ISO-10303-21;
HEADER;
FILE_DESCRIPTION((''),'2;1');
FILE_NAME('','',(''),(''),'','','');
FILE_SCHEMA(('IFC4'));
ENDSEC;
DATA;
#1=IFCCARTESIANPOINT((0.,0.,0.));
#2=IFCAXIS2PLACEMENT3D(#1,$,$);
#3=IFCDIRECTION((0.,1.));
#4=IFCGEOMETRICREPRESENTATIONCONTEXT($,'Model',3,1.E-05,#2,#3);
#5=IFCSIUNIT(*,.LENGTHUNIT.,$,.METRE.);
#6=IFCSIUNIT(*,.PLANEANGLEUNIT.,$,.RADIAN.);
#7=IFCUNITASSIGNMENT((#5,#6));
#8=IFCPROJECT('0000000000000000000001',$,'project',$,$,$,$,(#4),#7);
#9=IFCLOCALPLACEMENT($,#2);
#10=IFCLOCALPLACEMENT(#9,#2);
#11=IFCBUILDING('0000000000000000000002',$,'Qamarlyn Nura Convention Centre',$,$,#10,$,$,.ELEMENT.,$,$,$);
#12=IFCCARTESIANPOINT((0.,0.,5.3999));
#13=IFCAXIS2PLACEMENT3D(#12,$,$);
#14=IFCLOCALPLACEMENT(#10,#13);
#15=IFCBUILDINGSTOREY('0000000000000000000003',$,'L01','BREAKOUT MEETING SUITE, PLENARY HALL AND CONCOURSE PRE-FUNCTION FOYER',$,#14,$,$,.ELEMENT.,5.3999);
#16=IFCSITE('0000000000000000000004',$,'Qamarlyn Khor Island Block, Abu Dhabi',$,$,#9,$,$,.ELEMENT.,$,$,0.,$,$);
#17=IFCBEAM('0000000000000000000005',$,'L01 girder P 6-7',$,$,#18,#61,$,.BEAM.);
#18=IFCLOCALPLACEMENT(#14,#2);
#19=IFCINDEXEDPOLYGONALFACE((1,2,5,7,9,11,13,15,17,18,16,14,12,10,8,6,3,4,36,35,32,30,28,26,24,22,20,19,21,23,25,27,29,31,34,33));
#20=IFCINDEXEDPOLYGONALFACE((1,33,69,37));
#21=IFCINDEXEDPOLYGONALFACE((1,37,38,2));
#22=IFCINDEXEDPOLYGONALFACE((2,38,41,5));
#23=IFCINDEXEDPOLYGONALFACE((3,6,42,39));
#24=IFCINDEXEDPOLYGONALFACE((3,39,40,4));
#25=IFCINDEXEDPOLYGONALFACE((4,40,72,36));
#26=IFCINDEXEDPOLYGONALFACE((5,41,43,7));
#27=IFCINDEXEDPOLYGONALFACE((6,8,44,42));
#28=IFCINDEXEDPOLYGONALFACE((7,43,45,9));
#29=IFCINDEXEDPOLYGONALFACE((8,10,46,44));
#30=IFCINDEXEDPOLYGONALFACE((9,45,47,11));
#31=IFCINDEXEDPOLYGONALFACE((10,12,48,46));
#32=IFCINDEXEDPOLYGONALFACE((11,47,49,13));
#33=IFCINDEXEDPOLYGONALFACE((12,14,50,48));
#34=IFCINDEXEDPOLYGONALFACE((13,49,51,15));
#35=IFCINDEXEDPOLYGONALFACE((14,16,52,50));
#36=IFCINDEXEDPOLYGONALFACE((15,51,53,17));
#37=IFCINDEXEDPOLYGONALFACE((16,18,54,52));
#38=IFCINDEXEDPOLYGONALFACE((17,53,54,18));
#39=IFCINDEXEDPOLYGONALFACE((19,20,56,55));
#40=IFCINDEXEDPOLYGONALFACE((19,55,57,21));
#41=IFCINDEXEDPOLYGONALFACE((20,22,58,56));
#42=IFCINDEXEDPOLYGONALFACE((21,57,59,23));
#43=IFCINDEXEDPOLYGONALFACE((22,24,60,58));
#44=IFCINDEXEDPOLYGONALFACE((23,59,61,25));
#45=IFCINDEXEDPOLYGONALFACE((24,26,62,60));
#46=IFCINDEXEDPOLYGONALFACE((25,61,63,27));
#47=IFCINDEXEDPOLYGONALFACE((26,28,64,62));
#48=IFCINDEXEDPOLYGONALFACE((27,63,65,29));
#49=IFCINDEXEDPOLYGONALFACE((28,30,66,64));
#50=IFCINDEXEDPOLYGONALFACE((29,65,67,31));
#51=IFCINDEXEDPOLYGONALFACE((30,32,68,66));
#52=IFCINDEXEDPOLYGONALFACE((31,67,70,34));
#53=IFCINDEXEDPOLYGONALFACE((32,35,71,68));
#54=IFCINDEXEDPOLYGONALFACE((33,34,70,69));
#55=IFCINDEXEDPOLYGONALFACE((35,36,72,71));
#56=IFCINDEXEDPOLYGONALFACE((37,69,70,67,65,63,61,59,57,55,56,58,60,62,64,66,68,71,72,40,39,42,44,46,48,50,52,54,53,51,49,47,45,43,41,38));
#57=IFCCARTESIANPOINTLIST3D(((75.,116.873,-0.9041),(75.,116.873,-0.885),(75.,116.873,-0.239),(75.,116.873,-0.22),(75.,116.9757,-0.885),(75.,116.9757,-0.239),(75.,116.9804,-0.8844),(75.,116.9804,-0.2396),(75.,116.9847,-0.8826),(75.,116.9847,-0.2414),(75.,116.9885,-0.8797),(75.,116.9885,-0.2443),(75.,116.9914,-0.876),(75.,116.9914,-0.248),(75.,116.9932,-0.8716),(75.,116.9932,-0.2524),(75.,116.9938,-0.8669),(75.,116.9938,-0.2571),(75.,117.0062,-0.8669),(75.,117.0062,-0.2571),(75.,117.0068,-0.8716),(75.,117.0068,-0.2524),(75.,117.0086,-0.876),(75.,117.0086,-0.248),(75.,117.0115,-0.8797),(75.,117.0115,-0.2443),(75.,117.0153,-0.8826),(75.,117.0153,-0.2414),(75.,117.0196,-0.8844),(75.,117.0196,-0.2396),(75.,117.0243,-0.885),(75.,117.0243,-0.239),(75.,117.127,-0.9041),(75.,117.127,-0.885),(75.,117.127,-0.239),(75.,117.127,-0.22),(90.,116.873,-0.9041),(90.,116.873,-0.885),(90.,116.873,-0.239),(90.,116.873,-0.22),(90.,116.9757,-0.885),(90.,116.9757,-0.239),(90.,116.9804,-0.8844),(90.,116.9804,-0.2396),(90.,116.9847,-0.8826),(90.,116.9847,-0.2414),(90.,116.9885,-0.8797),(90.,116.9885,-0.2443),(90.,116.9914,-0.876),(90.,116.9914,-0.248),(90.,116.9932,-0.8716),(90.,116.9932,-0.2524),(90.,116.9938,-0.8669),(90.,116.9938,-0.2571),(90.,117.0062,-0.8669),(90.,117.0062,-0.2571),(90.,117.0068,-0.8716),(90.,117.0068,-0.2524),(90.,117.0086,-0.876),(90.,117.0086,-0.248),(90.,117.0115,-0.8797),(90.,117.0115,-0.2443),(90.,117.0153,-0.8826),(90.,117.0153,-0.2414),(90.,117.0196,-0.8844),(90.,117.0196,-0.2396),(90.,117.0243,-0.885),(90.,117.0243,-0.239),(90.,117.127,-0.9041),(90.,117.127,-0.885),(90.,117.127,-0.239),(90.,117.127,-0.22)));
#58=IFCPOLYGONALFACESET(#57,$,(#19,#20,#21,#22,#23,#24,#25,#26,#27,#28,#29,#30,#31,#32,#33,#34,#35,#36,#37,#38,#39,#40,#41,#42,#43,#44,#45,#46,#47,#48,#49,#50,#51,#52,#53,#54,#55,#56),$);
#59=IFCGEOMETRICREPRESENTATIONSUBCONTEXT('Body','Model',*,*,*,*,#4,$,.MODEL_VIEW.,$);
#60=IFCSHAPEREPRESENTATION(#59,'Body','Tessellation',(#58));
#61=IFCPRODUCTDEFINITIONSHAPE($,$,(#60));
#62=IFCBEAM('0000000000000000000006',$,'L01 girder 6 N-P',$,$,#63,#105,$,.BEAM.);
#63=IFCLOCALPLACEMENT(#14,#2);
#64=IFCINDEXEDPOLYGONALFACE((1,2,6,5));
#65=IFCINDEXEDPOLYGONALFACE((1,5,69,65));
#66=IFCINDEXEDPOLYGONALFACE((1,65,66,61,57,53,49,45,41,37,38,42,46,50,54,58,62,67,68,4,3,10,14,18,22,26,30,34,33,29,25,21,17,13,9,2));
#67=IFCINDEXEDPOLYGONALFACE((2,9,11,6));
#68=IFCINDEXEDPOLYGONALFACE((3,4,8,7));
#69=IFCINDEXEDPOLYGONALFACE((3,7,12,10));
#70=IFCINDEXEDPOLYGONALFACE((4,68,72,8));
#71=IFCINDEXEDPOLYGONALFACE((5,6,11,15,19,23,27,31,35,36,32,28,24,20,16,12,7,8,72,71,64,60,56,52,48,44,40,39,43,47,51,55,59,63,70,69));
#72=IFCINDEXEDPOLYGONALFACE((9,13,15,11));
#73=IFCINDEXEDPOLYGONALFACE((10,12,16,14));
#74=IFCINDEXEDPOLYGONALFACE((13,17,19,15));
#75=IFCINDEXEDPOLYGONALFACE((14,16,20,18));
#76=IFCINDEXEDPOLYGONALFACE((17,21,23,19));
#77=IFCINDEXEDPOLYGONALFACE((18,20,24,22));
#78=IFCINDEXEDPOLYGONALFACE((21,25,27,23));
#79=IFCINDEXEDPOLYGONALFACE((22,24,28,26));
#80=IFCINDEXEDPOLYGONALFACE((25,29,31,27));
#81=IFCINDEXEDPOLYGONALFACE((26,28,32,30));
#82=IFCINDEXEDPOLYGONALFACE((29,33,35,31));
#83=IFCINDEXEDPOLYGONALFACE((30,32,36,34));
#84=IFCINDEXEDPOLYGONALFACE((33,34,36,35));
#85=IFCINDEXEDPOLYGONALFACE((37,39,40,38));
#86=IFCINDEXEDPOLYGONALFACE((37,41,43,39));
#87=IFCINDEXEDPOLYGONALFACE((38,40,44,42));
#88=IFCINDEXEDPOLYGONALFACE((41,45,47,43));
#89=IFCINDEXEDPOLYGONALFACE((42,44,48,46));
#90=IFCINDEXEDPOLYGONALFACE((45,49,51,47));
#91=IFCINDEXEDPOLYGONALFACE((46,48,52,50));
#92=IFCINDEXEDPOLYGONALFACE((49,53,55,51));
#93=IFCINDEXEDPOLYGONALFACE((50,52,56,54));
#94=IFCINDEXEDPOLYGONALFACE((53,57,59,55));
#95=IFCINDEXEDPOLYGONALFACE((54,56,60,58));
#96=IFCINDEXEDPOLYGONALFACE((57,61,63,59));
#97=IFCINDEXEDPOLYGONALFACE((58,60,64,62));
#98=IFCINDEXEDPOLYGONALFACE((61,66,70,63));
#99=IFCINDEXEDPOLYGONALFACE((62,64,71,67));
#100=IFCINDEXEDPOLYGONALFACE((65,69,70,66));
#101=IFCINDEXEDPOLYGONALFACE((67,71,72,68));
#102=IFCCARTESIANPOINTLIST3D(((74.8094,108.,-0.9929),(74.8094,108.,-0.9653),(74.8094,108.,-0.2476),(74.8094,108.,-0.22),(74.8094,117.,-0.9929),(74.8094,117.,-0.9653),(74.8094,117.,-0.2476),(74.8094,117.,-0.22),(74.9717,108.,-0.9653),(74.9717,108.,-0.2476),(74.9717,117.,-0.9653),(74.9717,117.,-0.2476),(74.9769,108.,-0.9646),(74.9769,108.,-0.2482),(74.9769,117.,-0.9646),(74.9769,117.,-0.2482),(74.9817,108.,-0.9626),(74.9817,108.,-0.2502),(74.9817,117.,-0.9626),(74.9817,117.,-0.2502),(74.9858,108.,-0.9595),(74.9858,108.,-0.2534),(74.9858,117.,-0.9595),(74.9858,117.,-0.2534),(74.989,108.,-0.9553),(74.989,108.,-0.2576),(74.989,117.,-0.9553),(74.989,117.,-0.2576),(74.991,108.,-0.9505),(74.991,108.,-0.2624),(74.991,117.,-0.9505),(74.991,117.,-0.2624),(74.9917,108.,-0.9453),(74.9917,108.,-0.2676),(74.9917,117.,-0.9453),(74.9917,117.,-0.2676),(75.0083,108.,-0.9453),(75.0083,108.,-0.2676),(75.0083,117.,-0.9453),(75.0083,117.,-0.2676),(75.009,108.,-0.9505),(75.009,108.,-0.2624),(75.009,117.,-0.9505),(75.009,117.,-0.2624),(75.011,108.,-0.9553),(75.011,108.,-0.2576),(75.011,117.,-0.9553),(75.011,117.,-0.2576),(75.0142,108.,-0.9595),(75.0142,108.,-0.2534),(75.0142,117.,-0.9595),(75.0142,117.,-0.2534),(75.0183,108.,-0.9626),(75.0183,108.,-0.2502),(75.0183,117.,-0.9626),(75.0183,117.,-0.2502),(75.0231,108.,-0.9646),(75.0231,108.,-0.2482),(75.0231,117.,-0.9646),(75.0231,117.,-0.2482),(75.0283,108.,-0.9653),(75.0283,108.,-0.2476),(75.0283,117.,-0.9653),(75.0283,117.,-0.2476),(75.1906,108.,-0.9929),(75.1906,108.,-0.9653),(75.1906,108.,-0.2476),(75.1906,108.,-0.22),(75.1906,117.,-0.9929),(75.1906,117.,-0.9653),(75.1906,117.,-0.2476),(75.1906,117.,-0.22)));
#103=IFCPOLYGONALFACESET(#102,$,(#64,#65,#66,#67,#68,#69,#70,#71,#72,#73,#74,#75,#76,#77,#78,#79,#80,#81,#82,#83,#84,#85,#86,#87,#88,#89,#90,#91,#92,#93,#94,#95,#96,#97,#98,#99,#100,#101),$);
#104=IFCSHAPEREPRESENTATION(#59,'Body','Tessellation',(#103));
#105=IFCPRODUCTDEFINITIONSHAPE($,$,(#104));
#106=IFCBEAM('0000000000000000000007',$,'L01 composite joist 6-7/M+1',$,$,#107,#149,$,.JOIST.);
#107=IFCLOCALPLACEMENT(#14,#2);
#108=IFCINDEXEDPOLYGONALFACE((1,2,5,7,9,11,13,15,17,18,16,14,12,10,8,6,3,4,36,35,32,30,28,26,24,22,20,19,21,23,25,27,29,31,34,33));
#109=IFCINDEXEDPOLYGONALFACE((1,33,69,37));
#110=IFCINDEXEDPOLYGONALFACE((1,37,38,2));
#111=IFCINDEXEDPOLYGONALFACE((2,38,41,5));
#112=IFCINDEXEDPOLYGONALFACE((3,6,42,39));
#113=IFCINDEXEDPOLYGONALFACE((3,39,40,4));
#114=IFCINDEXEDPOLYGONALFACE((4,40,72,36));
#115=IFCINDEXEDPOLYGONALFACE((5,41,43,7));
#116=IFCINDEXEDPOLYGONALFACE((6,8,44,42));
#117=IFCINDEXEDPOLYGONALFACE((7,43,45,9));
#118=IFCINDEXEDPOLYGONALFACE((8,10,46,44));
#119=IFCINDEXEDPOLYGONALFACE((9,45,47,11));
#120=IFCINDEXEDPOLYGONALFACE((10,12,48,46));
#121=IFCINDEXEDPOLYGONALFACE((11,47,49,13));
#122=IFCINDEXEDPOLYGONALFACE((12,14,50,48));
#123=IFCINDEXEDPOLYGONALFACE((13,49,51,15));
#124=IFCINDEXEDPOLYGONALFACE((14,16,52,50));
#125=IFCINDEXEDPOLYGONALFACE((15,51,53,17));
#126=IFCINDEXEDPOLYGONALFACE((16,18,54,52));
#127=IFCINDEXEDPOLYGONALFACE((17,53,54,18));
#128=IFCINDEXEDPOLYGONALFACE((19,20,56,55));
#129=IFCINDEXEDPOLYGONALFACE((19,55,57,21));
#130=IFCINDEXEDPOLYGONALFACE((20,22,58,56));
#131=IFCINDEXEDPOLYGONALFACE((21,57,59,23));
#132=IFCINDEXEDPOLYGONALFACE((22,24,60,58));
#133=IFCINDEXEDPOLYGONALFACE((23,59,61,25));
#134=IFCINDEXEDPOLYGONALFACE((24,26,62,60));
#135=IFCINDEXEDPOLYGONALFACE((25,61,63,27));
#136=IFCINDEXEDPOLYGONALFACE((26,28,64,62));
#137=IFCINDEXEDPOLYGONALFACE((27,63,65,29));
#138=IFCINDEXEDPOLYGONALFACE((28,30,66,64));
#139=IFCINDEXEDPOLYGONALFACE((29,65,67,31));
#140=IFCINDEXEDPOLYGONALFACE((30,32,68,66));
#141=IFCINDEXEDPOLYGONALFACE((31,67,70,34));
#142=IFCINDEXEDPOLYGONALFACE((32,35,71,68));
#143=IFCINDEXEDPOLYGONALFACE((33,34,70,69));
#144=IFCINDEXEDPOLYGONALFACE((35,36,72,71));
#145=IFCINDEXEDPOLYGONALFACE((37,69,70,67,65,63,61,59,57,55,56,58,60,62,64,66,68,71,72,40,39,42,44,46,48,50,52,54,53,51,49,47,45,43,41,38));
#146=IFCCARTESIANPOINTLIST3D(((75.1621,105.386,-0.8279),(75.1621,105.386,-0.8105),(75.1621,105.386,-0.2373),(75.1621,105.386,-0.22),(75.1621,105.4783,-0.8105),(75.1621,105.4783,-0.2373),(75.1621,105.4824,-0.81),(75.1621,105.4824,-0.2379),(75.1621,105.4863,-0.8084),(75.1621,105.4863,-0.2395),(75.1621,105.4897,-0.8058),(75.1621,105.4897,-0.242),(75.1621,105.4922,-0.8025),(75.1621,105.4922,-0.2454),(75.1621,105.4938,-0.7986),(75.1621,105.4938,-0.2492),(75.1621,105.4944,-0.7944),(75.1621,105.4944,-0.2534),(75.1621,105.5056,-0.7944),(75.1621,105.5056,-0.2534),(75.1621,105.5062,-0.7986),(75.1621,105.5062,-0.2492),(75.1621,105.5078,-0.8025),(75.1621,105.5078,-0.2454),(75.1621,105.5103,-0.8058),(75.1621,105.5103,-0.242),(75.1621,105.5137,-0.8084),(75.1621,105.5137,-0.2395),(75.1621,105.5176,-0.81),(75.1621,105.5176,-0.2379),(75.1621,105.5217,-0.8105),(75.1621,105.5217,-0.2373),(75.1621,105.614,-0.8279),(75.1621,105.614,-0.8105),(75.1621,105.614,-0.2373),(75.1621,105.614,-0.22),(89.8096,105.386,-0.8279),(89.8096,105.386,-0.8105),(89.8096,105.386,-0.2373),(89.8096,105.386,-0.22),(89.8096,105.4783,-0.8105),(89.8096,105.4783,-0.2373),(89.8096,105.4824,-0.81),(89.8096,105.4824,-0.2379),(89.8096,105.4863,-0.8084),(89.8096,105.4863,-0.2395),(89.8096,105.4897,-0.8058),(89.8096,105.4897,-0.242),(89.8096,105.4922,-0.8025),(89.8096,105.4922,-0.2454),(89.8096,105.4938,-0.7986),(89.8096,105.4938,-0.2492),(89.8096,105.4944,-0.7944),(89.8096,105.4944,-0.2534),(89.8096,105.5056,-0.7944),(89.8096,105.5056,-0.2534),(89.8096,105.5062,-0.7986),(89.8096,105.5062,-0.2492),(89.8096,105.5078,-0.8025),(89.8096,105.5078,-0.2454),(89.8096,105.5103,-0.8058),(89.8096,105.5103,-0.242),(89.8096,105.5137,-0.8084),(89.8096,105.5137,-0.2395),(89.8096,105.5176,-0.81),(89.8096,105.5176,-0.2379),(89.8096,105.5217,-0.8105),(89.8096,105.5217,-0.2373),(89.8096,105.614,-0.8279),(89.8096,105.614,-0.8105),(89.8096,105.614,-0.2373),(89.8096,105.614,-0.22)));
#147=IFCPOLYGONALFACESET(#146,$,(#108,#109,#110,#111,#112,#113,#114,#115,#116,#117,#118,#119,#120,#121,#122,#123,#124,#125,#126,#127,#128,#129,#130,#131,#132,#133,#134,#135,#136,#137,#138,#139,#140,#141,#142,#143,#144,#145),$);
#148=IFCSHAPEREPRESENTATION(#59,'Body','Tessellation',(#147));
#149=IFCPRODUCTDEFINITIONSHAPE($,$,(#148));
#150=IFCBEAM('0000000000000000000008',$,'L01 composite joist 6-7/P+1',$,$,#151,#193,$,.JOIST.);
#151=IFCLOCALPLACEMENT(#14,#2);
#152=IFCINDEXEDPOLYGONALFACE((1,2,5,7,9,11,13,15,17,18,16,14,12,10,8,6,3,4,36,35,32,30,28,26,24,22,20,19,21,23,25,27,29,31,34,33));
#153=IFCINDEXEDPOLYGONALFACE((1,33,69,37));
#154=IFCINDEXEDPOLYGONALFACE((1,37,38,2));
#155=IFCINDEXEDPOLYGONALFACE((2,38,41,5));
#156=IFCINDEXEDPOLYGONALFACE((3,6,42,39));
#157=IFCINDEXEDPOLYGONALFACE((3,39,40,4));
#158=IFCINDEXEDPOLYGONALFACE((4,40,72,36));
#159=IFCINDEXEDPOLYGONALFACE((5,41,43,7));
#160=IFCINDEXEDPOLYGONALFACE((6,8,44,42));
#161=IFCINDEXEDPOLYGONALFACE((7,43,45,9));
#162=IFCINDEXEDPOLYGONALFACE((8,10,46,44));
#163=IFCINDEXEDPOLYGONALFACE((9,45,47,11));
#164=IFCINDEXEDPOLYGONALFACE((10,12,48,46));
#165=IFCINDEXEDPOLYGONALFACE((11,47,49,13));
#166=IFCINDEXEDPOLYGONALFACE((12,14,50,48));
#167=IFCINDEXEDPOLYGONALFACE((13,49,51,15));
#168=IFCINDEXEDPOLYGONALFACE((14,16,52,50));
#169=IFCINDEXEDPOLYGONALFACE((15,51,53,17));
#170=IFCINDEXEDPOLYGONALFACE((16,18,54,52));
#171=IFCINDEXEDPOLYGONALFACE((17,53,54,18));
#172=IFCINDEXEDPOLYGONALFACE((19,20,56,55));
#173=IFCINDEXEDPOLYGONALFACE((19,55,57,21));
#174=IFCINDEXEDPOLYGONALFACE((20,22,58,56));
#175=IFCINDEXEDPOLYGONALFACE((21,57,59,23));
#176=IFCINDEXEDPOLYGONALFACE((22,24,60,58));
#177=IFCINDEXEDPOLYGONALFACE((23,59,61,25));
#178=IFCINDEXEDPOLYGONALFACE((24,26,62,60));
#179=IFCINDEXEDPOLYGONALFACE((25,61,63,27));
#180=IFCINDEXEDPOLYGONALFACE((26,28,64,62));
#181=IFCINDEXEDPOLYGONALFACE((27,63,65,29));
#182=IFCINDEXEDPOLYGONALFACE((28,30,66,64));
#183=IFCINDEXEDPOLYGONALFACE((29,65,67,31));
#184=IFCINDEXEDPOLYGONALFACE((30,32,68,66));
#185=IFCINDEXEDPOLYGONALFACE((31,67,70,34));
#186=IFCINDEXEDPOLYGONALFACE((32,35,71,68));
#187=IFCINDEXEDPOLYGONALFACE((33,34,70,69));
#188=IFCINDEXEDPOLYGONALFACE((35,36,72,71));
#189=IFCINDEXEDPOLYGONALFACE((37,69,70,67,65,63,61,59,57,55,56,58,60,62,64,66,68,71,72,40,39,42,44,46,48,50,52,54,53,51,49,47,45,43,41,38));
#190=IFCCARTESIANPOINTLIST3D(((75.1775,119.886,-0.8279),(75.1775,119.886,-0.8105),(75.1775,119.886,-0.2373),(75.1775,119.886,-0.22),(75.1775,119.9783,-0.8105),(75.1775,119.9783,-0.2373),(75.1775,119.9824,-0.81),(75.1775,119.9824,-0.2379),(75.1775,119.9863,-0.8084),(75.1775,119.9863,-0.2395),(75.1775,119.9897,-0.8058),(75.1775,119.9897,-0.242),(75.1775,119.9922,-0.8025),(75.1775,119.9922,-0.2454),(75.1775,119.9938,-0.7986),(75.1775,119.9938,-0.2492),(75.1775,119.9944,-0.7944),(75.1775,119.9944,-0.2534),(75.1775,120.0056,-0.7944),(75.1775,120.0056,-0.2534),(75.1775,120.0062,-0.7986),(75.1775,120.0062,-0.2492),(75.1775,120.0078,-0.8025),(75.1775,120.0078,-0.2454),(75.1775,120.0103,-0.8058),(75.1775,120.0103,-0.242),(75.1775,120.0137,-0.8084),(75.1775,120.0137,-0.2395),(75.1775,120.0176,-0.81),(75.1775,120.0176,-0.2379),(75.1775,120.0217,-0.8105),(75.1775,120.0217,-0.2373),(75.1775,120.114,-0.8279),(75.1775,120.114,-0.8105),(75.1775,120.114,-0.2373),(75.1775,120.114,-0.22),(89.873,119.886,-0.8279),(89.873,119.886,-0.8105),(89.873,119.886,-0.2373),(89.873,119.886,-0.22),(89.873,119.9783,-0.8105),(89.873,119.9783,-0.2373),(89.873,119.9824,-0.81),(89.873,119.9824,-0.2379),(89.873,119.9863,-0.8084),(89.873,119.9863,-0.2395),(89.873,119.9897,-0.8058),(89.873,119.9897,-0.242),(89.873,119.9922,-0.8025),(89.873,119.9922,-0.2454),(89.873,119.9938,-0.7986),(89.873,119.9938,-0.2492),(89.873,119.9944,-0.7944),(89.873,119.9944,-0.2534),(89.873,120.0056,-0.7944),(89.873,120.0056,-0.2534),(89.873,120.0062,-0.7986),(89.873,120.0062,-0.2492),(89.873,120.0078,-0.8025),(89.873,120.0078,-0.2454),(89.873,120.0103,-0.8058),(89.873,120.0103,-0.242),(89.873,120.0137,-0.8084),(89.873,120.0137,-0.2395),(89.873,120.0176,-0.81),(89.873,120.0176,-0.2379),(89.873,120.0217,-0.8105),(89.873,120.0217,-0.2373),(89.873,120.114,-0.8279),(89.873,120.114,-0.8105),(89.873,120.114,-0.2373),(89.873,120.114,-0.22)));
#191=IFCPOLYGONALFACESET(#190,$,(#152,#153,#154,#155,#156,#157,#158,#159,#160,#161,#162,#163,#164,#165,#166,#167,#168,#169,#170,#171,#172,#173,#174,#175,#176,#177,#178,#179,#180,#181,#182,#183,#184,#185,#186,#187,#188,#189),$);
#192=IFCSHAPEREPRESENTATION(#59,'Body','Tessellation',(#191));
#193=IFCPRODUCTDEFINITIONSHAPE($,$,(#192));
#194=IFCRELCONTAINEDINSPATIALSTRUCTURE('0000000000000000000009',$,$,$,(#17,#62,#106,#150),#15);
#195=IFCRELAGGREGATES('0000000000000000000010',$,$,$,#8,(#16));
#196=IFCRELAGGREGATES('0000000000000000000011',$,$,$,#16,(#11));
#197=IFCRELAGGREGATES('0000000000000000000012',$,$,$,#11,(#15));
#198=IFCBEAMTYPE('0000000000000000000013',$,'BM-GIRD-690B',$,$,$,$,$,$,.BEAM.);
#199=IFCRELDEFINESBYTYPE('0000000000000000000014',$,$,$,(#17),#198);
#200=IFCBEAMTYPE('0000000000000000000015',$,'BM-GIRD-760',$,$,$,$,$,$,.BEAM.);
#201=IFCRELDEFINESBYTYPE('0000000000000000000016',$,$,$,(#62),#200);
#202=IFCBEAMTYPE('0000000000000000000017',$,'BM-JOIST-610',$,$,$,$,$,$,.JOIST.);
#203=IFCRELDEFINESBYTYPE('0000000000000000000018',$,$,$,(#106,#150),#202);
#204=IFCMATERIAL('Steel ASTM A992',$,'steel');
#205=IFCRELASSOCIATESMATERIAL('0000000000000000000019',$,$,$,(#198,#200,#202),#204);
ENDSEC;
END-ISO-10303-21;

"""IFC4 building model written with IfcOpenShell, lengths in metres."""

from ifc_helpers import new_model, si_unit, direction, frame, origin, origin_2d, place, context, subcontext, project, spatial, i_section, extrude, material, material_profile, profile_set, type_object, element, save


model = new_model("IFC4")

# Units and contexts
model_context = context("Model", 3, precision=1e-05, world=origin(), true_north=direction((0.0, 1.0)))
body_context = subcontext(model_context, "Body", "Model", "MODEL_VIEW")
ifc_project = project(units=[si_unit("LENGTHUNIT", "METRE"), si_unit("PLANEANGLEUNIT", "RADIAN")], contexts=[model_context])

# Site, building, storey
site_placement = place(None, origin())
site = spatial("IfcSite", under=ifc_project, at=site_placement, Name="Qamarlyn Khor Island Block, Abu Dhabi", CompositionType="ELEMENT", RefElevation=0.0)
building_placement = place(site_placement, origin())
building = spatial("IfcBuilding", under=site, at=building_placement, Name="Qamarlyn Nura Convention Centre", CompositionType="ELEMENT")
storey_placement = place(building_placement, frame((0.0, 0.0, 5.3999)))
storey = spatial("IfcBuildingStorey", under=building, at=storey_placement, Name="L01", Description="BREAKOUT MEETING SUITE, PLENARY HALL AND CONCOURSE PRE-FUNCTION FOYER", CompositionType="ELEMENT", Elevation=5.3999)

# Shared definitions
ifc_material_1 = material(Name="Steel ASTM A992", Category="steel")

# Beams
ifc_material_profile_1 = material_profile(ifc_material_1, i_section(OverallWidth=0.2539, OverallDepth=0.6841, WebThickness=0.0125, FlangeThickness=0.019, FilletRadius=0.0181, at=origin_2d()), Name="W690X140")
ifc_profile_set_1 = profile_set([ifc_material_profile_1], Name="Steel ASTM A992")
beam_type_1 = type_object("IfcBeamType", Name="BM-GIRD-690B", PredefinedType="BEAM", material=ifc_profile_set_1)
beam_1_placement = place(storey_placement, frame((75.0, 117.0, -0.562), z_axis=(1.0, 0.0, 0.0), x_axis=(0.0, 1.0, 0.0)))
element("IfcBeam", 1, at=beam_1_placement, inside=storey, type_object=beam_type_1, Name="L01 girder P 6-7", PredefinedType="BEAM", context=body_context, shape_type="SweptSolid", body=[
    extrude(i_section(OverallWidth=0.2539, OverallDepth=0.6841, WebThickness=0.0125, FlangeThickness=0.019, FilletRadius=0.0181, at=origin_2d()), origin(), (0.0, 0.0, 1.0), 15.0),
])
ifc_material_profile_2 = material_profile(ifc_material_1, i_section(OverallWidth=0.3811, OverallDepth=0.7729, WebThickness=0.0166, FlangeThickness=0.0276, FilletRadius=0.02, at=origin_2d()), Name="W760X257")
ifc_profile_set_2 = profile_set([ifc_material_profile_2], Name="Steel ASTM A992")
beam_type_2 = type_object("IfcBeamType", Name="BM-GIRD-760", PredefinedType="BEAM", material=ifc_profile_set_2)
beam_2_placement = place(storey_placement, frame((75.0, 108.0, -0.6064), z_axis=(0.0, 1.0, 0.0), x_axis=(-1.0, 0.0, 0.0)))
element("IfcBeam", 2, at=beam_2_placement, inside=storey, type_object=beam_type_2, Name="L01 girder 6 N-P", PredefinedType="BEAM", context=body_context, shape_type="SweptSolid", body=[
    extrude(i_section(OverallWidth=0.3811, OverallDepth=0.7729, WebThickness=0.0166, FlangeThickness=0.0276, FilletRadius=0.02, at=origin_2d()), origin(), (0.0, 0.0, 1.0), 9.0),
])
ifc_material_profile_3 = material_profile(ifc_material_1, i_section(OverallWidth=0.228, OverallDepth=0.6079, WebThickness=0.0112, FlangeThickness=0.0173, FilletRadius=0.0161, at=origin_2d()), Name="W610X113")
ifc_profile_set_3 = profile_set([ifc_material_profile_3], Name="Steel ASTM A992")
beam_type_3 = type_object("IfcBeamType", Name="BM-JOIST-610", PredefinedType="JOIST", material=ifc_profile_set_3)
beam_3_placement = place(storey_placement, frame((75.1621, 105.5, -0.5239), z_axis=(1.0, 0.0, 0.0), x_axis=(0.0, 1.0, 0.0)))
element("IfcBeam", 3, at=beam_3_placement, inside=storey, type_object=beam_type_3, Name="L01 composite joist 6-7/M+1", PredefinedType="JOIST", context=body_context, shape_type="SweptSolid", body=[
    extrude(i_section(OverallWidth=0.228, OverallDepth=0.6079, WebThickness=0.0112, FlangeThickness=0.0173, FilletRadius=0.0161, at=origin_2d()), origin(), (0.0, 0.0, 1.0), 14.6475),
])
for number, where, z_axis, x_axis, name in (
    (4, (75.1775, 120.0, -0.5239), (1.0, 0.0, 0.0), (0.0, 1.0, 0.0), "L01 composite joist 6-7/P+1"),
):
    element("IfcBeam", number, at=place(storey_placement, frame(where, z_axis=z_axis, x_axis=x_axis)), inside=storey, type_object=beam_type_3, Name=name, PredefinedType="JOIST", context=body_context, shape_type="SweptSolid", body=[
        extrude(i_section(OverallWidth=0.228, OverallDepth=0.6079, WebThickness=0.0112, FlangeThickness=0.0173, FilletRadius=0.0161, at=origin_2d()), origin(), (0.0, 0.0, 1.0), 14.6956),
    ])

save(model, "model.ifc")
